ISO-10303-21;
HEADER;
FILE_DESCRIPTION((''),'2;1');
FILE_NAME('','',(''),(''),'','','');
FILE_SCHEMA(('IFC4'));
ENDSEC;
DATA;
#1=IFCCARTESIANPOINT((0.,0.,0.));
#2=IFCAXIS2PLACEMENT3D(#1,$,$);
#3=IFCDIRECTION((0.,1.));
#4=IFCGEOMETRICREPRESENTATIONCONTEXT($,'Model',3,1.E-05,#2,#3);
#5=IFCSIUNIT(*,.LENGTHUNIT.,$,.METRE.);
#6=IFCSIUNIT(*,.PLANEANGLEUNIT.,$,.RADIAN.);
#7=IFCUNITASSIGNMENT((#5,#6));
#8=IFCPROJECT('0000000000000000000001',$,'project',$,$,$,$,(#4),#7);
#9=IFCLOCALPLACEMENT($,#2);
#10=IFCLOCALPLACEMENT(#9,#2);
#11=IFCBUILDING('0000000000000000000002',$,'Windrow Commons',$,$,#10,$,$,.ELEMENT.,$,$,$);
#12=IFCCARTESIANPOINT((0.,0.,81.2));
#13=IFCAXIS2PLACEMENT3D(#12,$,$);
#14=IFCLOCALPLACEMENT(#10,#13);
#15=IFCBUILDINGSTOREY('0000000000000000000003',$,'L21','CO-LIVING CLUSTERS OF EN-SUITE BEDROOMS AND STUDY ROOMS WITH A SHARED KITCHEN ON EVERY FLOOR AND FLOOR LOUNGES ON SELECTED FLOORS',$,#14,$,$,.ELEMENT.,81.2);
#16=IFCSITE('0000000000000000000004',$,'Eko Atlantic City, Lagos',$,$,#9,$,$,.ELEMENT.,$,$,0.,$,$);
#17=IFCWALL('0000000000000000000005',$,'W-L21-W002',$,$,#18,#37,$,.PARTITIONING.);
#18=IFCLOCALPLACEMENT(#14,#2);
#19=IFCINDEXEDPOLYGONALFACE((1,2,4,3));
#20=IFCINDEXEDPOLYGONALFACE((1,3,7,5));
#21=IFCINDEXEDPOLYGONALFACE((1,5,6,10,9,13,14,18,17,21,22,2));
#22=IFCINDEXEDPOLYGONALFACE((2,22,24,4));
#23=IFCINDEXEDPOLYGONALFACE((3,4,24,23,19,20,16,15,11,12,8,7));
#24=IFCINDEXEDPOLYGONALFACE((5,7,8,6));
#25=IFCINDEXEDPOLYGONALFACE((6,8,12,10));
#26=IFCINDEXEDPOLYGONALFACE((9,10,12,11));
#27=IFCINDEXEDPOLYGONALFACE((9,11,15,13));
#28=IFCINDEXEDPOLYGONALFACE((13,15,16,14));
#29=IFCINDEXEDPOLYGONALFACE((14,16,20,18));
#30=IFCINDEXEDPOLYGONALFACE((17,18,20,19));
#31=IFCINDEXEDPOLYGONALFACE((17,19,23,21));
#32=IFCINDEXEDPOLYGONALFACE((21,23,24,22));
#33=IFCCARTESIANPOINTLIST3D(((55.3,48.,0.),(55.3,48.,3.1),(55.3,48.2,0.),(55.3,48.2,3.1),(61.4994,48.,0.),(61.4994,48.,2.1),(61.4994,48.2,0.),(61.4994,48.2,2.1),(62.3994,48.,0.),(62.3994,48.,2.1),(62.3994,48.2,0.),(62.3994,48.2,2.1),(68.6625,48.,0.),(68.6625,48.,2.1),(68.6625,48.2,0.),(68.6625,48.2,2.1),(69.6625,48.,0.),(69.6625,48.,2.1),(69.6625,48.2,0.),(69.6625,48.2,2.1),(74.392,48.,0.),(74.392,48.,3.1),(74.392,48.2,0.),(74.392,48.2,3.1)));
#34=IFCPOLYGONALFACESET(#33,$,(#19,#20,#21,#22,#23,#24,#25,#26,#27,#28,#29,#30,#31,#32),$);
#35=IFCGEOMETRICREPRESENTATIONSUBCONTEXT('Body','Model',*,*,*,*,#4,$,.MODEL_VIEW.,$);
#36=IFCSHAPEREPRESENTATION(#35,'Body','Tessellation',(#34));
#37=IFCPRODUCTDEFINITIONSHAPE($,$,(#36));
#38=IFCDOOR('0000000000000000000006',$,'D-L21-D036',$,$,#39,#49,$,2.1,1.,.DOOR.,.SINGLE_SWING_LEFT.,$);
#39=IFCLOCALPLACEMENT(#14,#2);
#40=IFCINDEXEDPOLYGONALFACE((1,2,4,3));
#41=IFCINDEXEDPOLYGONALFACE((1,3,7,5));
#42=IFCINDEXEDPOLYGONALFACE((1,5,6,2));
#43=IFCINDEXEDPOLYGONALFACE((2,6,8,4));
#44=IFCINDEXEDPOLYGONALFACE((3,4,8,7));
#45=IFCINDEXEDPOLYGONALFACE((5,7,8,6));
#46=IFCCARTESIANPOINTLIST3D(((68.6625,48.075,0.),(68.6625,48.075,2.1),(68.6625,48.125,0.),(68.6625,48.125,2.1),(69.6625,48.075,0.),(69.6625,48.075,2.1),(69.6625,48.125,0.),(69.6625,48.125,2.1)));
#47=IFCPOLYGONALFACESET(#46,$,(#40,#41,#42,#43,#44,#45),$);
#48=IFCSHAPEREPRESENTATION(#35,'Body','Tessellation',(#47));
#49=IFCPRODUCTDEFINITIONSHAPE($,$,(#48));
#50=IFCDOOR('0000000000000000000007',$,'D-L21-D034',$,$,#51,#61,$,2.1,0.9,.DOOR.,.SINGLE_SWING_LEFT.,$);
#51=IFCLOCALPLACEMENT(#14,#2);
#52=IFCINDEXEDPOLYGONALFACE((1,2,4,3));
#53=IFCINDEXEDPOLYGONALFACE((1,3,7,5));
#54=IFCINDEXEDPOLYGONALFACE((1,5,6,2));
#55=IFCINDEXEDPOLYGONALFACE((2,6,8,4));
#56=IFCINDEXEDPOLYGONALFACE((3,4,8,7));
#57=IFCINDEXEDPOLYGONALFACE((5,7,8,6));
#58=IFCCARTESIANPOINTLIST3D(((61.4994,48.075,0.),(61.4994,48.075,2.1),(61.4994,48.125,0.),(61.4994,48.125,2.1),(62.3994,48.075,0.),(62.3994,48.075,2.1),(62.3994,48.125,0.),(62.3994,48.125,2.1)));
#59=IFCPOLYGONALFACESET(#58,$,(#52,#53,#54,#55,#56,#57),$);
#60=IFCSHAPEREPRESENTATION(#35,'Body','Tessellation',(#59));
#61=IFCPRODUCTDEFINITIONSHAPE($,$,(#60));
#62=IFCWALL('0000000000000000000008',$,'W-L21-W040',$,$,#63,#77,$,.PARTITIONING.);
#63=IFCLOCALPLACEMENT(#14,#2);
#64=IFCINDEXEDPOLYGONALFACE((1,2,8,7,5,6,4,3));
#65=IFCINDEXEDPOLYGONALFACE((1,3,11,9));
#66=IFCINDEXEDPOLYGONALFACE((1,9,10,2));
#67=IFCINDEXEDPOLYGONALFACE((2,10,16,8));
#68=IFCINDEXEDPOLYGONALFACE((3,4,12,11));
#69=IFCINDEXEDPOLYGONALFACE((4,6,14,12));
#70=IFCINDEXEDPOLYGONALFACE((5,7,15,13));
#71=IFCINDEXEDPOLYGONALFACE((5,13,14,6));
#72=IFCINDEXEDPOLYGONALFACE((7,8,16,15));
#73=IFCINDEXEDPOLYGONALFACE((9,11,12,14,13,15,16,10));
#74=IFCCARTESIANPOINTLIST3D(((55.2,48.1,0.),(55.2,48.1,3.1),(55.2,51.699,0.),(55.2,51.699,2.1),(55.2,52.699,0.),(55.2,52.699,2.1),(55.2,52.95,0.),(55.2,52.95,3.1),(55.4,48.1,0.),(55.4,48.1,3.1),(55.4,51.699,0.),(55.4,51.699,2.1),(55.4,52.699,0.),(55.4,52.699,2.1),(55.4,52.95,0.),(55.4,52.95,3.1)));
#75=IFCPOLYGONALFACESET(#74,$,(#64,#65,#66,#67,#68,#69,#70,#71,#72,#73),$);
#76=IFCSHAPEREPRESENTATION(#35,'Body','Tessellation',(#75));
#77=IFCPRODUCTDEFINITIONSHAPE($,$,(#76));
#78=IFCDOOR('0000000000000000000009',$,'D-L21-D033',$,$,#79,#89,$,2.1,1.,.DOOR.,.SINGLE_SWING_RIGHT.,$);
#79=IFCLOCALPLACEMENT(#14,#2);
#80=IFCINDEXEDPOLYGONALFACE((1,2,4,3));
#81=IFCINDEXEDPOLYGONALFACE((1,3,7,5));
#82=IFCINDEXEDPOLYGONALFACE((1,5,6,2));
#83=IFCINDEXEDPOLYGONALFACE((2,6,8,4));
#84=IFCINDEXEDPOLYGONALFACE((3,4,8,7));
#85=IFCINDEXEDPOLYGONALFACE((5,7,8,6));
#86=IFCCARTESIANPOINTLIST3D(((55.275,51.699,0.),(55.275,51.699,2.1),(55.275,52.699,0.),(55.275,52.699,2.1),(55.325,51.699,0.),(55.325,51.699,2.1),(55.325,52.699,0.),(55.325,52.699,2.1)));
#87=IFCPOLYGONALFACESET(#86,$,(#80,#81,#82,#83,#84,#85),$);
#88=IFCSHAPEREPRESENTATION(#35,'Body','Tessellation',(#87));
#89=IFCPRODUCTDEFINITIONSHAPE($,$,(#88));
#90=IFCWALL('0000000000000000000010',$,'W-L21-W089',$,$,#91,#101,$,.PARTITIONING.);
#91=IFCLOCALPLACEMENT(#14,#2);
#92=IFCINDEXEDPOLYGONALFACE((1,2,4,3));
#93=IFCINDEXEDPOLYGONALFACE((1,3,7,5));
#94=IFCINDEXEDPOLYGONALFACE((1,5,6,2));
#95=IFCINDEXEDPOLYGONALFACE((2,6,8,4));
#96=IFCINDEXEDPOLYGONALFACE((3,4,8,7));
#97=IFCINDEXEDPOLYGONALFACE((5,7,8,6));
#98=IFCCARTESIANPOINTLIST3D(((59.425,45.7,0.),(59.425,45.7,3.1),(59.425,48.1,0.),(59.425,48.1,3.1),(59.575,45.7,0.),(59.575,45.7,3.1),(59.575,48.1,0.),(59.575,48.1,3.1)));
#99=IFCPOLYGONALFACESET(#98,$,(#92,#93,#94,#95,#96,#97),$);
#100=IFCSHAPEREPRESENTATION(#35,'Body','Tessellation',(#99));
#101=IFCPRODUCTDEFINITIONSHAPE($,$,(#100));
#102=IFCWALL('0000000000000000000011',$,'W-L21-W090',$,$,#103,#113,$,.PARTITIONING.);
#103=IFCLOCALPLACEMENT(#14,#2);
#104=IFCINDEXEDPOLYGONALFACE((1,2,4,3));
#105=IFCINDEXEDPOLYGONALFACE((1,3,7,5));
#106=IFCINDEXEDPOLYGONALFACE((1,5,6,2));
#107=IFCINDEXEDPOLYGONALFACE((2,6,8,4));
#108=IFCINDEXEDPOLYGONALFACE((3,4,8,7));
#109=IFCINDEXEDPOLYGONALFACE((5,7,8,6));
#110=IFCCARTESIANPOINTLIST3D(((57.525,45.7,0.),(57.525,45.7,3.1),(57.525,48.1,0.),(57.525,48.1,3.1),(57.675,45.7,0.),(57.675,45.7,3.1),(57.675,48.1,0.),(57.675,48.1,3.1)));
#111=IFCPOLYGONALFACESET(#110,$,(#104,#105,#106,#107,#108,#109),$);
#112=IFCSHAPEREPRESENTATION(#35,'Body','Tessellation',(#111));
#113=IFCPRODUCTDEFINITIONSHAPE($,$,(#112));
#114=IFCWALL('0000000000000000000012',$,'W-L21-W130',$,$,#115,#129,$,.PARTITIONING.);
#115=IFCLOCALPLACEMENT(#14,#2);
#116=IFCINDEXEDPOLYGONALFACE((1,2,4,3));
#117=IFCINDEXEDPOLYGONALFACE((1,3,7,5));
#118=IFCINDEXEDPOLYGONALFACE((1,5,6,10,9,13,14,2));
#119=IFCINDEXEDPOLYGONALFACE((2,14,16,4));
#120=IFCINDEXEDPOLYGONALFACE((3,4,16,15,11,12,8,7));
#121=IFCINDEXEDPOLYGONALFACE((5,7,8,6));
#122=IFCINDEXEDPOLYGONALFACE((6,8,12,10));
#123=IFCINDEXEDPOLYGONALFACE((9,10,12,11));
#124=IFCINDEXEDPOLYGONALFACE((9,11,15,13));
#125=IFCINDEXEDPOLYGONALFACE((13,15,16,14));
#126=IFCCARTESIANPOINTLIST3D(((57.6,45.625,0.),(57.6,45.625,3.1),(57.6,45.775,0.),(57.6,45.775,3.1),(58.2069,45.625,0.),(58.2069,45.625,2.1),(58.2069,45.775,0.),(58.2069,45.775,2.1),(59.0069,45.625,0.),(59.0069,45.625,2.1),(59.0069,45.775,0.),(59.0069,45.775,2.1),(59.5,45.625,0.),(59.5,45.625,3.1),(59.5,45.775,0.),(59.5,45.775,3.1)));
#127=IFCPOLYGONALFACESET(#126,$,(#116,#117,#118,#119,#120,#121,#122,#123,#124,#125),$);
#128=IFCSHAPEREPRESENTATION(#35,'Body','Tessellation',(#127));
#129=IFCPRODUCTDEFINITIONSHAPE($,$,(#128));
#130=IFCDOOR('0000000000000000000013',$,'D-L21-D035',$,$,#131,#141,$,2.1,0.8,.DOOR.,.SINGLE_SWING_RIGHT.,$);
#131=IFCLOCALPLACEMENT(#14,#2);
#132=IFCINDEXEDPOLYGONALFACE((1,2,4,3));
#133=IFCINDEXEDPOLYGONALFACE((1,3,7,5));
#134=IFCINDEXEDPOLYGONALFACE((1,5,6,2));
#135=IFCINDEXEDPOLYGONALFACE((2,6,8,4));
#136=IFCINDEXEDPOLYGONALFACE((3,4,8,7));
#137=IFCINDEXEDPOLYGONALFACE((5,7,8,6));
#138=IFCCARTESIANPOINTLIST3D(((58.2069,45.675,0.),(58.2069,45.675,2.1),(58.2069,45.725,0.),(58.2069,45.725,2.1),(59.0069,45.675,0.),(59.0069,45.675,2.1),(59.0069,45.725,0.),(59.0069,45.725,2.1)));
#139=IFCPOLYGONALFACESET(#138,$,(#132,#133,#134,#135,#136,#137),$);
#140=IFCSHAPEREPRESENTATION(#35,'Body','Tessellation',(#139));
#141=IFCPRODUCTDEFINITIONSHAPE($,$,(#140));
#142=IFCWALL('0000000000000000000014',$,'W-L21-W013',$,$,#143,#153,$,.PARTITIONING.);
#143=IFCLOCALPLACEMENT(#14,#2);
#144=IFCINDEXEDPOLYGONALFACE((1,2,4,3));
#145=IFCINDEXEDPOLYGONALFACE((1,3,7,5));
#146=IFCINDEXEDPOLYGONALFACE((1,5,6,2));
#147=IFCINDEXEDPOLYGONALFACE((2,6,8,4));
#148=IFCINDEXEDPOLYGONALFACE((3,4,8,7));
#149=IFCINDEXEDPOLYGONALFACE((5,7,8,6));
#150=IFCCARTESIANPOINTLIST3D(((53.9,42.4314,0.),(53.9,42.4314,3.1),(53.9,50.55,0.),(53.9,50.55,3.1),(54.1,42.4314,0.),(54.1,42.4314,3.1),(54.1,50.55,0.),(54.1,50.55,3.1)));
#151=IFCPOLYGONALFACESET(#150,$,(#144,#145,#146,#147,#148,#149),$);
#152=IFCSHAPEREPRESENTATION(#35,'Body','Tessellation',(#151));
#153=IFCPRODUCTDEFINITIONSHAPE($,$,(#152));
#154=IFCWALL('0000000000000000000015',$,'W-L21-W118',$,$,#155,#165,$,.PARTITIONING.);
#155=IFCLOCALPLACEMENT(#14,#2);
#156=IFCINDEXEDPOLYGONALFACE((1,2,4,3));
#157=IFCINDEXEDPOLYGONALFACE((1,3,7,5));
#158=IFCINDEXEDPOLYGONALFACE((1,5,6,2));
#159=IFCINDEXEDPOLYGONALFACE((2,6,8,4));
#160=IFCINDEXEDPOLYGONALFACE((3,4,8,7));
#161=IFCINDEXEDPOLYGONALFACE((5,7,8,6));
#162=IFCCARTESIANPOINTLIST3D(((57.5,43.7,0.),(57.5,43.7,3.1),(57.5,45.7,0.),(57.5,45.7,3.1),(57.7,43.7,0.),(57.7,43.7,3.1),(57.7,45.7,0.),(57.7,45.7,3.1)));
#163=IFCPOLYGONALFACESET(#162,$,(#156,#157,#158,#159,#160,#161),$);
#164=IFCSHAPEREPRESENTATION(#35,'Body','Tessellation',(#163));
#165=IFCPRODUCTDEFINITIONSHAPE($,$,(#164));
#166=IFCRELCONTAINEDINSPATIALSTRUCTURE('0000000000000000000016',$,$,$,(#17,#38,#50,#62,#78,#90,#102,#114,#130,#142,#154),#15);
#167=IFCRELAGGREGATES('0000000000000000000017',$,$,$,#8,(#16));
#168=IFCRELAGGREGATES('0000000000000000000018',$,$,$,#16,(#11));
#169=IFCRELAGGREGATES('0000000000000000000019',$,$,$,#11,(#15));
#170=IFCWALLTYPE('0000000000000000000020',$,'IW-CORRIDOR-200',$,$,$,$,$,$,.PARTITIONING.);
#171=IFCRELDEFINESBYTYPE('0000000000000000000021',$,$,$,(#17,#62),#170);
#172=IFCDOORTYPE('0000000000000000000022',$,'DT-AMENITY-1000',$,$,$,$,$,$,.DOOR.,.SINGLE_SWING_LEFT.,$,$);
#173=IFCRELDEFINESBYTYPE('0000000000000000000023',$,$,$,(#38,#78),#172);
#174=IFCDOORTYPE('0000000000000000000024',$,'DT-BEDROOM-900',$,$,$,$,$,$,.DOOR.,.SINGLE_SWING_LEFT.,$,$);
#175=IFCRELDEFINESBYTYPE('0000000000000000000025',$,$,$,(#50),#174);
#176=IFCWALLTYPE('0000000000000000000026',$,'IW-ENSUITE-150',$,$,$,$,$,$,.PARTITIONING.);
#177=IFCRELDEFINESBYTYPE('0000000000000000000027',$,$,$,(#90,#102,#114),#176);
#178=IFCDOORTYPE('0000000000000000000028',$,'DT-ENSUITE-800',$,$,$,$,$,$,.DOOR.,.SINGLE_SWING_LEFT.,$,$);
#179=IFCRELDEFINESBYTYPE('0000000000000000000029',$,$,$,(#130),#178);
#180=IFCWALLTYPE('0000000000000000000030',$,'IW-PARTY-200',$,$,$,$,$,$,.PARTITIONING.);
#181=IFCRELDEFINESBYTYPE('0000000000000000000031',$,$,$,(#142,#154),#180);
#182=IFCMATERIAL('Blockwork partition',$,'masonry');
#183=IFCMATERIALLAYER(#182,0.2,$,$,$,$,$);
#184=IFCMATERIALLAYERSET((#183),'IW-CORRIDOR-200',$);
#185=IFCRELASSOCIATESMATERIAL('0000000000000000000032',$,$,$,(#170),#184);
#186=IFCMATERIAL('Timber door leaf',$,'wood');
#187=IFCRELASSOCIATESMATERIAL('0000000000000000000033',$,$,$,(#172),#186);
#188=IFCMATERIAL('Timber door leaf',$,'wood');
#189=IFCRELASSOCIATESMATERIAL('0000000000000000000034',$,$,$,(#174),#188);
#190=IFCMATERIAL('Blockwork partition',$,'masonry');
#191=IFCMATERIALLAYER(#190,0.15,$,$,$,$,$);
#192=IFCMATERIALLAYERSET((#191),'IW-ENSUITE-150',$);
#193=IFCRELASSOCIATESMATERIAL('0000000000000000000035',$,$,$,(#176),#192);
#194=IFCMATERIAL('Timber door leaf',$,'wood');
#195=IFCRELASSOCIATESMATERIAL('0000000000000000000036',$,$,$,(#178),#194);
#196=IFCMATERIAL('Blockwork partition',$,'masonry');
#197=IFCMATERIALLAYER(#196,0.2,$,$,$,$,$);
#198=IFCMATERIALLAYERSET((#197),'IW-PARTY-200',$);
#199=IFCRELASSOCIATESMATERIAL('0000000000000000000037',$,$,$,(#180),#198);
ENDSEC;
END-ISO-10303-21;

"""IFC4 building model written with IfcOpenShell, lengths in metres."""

from ifc_helpers import new_model, si_unit, direction, frame, frame_2d, origin, place, context, subcontext, project, spatial, rectangle, extrude, material, layer, layer_set, type_object, element, fill, save


model = new_model("IFC4")

# Units and contexts
model_context = context("Model", 3, precision=1e-05, world=origin(), true_north=direction((0.0, 1.0)))
body_context = subcontext(model_context, "Body", "Model", "MODEL_VIEW")
ifc_project = project(units=[si_unit("LENGTHUNIT", "METRE"), si_unit("PLANEANGLEUNIT", "RADIAN")], contexts=[model_context])

# Site, building, storey
site_placement = place(None, origin())
site = spatial("IfcSite", under=ifc_project, at=site_placement, Name="Eko Atlantic City, Lagos", CompositionType="ELEMENT", RefElevation=0.0)
building_placement = place(site_placement, origin())
building = spatial("IfcBuilding", under=site, at=building_placement, Name="Windrow Commons", CompositionType="ELEMENT")
storey_placement = place(building_placement, frame((0.0, 0.0, 81.2)))
storey = spatial("IfcBuildingStorey", under=building, at=storey_placement, Name="L21", Description="CO-LIVING CLUSTERS OF EN-SUITE BEDROOMS AND STUDY ROOMS WITH A SHARED KITCHEN ON EVERY FLOOR AND FLOOR LOUNGES ON SELECTED FLOORS", CompositionType="ELEMENT", Elevation=81.2)

# Wall, openings, doors
ifc_material_1 = material(Name="Blockwork partition", Category="masonry")
ifc_layer_1 = layer(ifc_material_1, 0.2)
ifc_layer_set_1 = layer_set([ifc_layer_1], Name="IW-CORRIDOR-200")
wall_type_1 = type_object("IfcWallType", Name="IW-CORRIDOR-200", PredefinedType="PARTITIONING", material=ifc_layer_set_1)
wall_1_placement = place(storey_placement, frame((55.3, 48.1, 0.0), z_axis=(0.0, 0.0, 1.0), x_axis=(1.0, 0.0, 0.0)))
wall_1 = element("IfcWall", 1, at=wall_1_placement, inside=storey, type_object=wall_type_1, Name="W-L21-W002", PredefinedType="PARTITIONING", context=body_context, shape_type="SweptSolid", body=[
    extrude(rectangle(XDim=19.092, YDim=0.2, at=frame_2d((9.546, 0.0))), origin(), (0.0, 0.0, 1.0), 3.1),
])
opening_1_placement = place(wall_1_placement, frame((6.1994, 0.0, 0.0)))
opening_1 = element("IfcOpeningElement", 2, at=opening_1_placement, cuts=wall_1, PredefinedType="OPENING", context=body_context, shape_type="SweptSolid", body=[
    extrude(rectangle(XDim=0.9, YDim=2.1, at=frame_2d((0.45, 1.05))), frame((0.0, 0.11, 0.0), z_axis=(0.0, -1.0, 0.0), x_axis=(1.0, 0.0, 0.0)), (0.0, 0.0, 1.0), 0.22),
])
opening_2_placement = place(wall_1_placement, frame((13.3625, 0.0, 0.0)))
opening_2 = element("IfcOpeningElement", 3, at=opening_2_placement, cuts=wall_1, PredefinedType="OPENING", context=body_context, shape_type="SweptSolid", body=[
    extrude(rectangle(XDim=1.0, YDim=2.1, at=frame_2d((0.5, 1.05))), frame((0.0, 0.11, 0.0), z_axis=(0.0, -1.0, 0.0), x_axis=(1.0, 0.0, 0.0)), (0.0, 0.0, 1.0), 0.22),
])
ifc_material_2 = material(Name="Timber door leaf", Category="wood")
door_type_1 = type_object("IfcDoorType", Name="DT-AMENITY-1000", OperationType="SINGLE_SWING_LEFT", PredefinedType="DOOR", material=ifc_material_2)
door_1_placement = place(opening_2_placement, origin())
door_1 = element("IfcDoor", 4, at=door_1_placement, inside=storey, type_object=door_type_1, Name="D-L21-D036", OperationType="SINGLE_SWING_LEFT", OverallHeight=2.1, OverallWidth=1.0, PredefinedType="DOOR", context=body_context, shape_type="SweptSolid", body=[
    extrude(rectangle(XDim=1.0, YDim=2.1, at=frame_2d((0.5, 1.05))), frame((0.0, 0.025, 0.0), z_axis=(0.0, -1.0, 0.0), x_axis=(1.0, 0.0, 0.0)), (0.0, 0.0, 1.0), 0.05),
])
fill(opening_2, door_1)
ifc_material_3 = material(Name="Timber door leaf", Category="wood")
door_type_2 = type_object("IfcDoorType", Name="DT-BEDROOM-900", OperationType="SINGLE_SWING_LEFT", PredefinedType="DOOR", material=ifc_material_3)
door_2_placement = place(opening_1_placement, origin())
door_2 = element("IfcDoor", 5, at=door_2_placement, inside=storey, type_object=door_type_2, Name="D-L21-D034", OperationType="SINGLE_SWING_LEFT", OverallHeight=2.1, OverallWidth=0.9, PredefinedType="DOOR", context=body_context, shape_type="SweptSolid", body=[
    extrude(rectangle(XDim=0.9, YDim=2.1, at=frame_2d((0.45, 1.05))), frame((0.0, 0.025, 0.0), z_axis=(0.0, -1.0, 0.0), x_axis=(1.0, 0.0, 0.0)), (0.0, 0.0, 1.0), 0.05),
])
fill(opening_1, door_2)

# Wall, opening, door
wall_2_placement = place(storey_placement, frame((55.3, 48.1, 0.0), z_axis=(0.0, 0.0, 1.0), x_axis=(0.0, 1.0, 0.0)))
wall_2 = element("IfcWall", 6, at=wall_2_placement, inside=storey, type_object=wall_type_1, Name="W-L21-W040", PredefinedType="PARTITIONING", context=body_context, shape_type="SweptSolid", body=[
    extrude(rectangle(XDim=4.85, YDim=0.2, at=frame_2d((2.425, 0.0))), origin(), (0.0, 0.0, 1.0), 3.1),
])
opening_3_placement = place(wall_2_placement, frame((3.599, 0.0, 0.0)))
opening_3 = element("IfcOpeningElement", 7, at=opening_3_placement, cuts=wall_2, PredefinedType="OPENING", context=body_context, shape_type="SweptSolid", body=[
    extrude(rectangle(XDim=1.0, YDim=2.1, at=frame_2d((0.5, 1.05))), frame((0.0, 0.11, 0.0), z_axis=(0.0, -1.0, 0.0), x_axis=(1.0, 0.0, 0.0)), (0.0, 0.0, 1.0), 0.22),
])
door_3_placement = place(opening_3_placement, origin())
door_3 = element("IfcDoor", 8, at=door_3_placement, inside=storey, type_object=door_type_1, Name="D-L21-D033", OperationType="SINGLE_SWING_RIGHT", OverallHeight=2.1, OverallWidth=1.0, PredefinedType="DOOR", context=body_context, shape_type="SweptSolid", body=[
    extrude(rectangle(XDim=1.0, YDim=2.1, at=frame_2d((0.5, 1.05))), frame((0.0, 0.025, 0.0), z_axis=(0.0, -1.0, 0.0), x_axis=(1.0, 0.0, 0.0)), (0.0, 0.0, 1.0), 0.05),
])
fill(opening_3, door_3)

# Walls
ifc_material_4 = material(Name="Blockwork partition", Category="masonry")
ifc_layer_2 = layer(ifc_material_4, 0.15)
ifc_layer_set_2 = layer_set([ifc_layer_2], Name="IW-ENSUITE-150")
wall_type_2 = type_object("IfcWallType", Name="IW-ENSUITE-150", PredefinedType="PARTITIONING", material=ifc_layer_set_2)
for number, where, z_axis, x_axis, name in (
    (9, (59.5, 45.7, 0.0), (0.0, 0.0, 1.0), (0.0, 1.0, 0.0), "W-L21-W089"),
    (10, (57.6, 45.7, 0.0), (0.0, 0.0, 1.0), (0.0, 1.0, 0.0), "W-L21-W090"),
):
    element("IfcWall", number, at=place(storey_placement, frame(where, z_axis=z_axis, x_axis=x_axis)), inside=storey, type_object=wall_type_2, Name=name, PredefinedType="PARTITIONING", context=body_context, shape_type="SweptSolid", body=[
        extrude(rectangle(XDim=2.4, YDim=0.15, at=frame_2d((1.2, 0.0))), origin(), (0.0, 0.0, 1.0), 3.1),
    ])

# Wall, opening, door
wall_3_placement = place(storey_placement, frame((57.6, 45.7, 0.0), z_axis=(0.0, 0.0, 1.0), x_axis=(1.0, 0.0, 0.0)))
wall_3 = element("IfcWall", 11, at=wall_3_placement, inside=storey, type_object=wall_type_2, Name="W-L21-W130", PredefinedType="PARTITIONING", context=body_context, shape_type="SweptSolid", body=[
    extrude(rectangle(XDim=1.9, YDim=0.15, at=frame_2d((0.95, 0.0))), origin(), (0.0, 0.0, 1.0), 3.1),
])
opening_4_placement = place(wall_3_placement, frame((0.6069, 0.0, 0.0)))
opening_4 = element("IfcOpeningElement", 12, at=opening_4_placement, cuts=wall_3, PredefinedType="OPENING", context=body_context, shape_type="SweptSolid", body=[
    extrude(rectangle(XDim=0.8, YDim=2.1, at=frame_2d((0.4, 1.05))), frame((0.0, 0.085, 0.0), z_axis=(0.0, -1.0, 0.0), x_axis=(1.0, 0.0, 0.0)), (0.0, 0.0, 1.0), 0.17),
])
ifc_material_5 = material(Name="Timber door leaf", Category="wood")
door_type_3 = type_object("IfcDoorType", Name="DT-ENSUITE-800", OperationType="SINGLE_SWING_LEFT", PredefinedType="DOOR", material=ifc_material_5)
door_4_placement = place(opening_4_placement, origin())
door_4 = element("IfcDoor", 13, at=door_4_placement, inside=storey, type_object=door_type_3, Name="D-L21-D035", OperationType="SINGLE_SWING_RIGHT", OverallHeight=2.1, OverallWidth=0.8, PredefinedType="DOOR", context=body_context, shape_type="SweptSolid", body=[
    extrude(rectangle(XDim=0.8, YDim=2.1, at=frame_2d((0.4, 1.05))), frame((0.0, 0.025, 0.0), z_axis=(0.0, -1.0, 0.0), x_axis=(1.0, 0.0, 0.0)), (0.0, 0.0, 1.0), 0.05),
])
fill(opening_4, door_4)

# Walls
ifc_material_6 = material(Name="Blockwork partition", Category="masonry")
ifc_layer_3 = layer(ifc_material_6, 0.2)
ifc_layer_set_3 = layer_set([ifc_layer_3], Name="IW-PARTY-200")
wall_type_3 = type_object("IfcWallType", Name="IW-PARTY-200", PredefinedType="PARTITIONING", material=ifc_layer_set_3)
wall_4_placement = place(storey_placement, frame((54.0, 42.4314, 0.0), z_axis=(0.0, 0.0, 1.0), x_axis=(0.0, 1.0, 0.0)))
element("IfcWall", 14, at=wall_4_placement, inside=storey, type_object=wall_type_3, Name="W-L21-W013", PredefinedType="PARTITIONING", context=body_context, shape_type="SweptSolid", body=[
    extrude(rectangle(XDim=8.1186, YDim=0.2, at=frame_2d((4.0593, 0.0))), origin(), (0.0, 0.0, 1.0), 3.1),
])
wall_5_placement = place(storey_placement, frame((57.6, 43.7, 0.0), z_axis=(0.0, 0.0, 1.0), x_axis=(0.0, 1.0, 0.0)))
element("IfcWall", 15, at=wall_5_placement, inside=storey, type_object=wall_type_3, Name="W-L21-W118", PredefinedType="PARTITIONING", context=body_context, shape_type="SweptSolid", body=[
    extrude(rectangle(XDim=2.0, YDim=0.2, at=frame_2d((1.0, 0.0))), origin(), (0.0, 0.0, 1.0), 3.1),
])

save(model, "model.ifc")
